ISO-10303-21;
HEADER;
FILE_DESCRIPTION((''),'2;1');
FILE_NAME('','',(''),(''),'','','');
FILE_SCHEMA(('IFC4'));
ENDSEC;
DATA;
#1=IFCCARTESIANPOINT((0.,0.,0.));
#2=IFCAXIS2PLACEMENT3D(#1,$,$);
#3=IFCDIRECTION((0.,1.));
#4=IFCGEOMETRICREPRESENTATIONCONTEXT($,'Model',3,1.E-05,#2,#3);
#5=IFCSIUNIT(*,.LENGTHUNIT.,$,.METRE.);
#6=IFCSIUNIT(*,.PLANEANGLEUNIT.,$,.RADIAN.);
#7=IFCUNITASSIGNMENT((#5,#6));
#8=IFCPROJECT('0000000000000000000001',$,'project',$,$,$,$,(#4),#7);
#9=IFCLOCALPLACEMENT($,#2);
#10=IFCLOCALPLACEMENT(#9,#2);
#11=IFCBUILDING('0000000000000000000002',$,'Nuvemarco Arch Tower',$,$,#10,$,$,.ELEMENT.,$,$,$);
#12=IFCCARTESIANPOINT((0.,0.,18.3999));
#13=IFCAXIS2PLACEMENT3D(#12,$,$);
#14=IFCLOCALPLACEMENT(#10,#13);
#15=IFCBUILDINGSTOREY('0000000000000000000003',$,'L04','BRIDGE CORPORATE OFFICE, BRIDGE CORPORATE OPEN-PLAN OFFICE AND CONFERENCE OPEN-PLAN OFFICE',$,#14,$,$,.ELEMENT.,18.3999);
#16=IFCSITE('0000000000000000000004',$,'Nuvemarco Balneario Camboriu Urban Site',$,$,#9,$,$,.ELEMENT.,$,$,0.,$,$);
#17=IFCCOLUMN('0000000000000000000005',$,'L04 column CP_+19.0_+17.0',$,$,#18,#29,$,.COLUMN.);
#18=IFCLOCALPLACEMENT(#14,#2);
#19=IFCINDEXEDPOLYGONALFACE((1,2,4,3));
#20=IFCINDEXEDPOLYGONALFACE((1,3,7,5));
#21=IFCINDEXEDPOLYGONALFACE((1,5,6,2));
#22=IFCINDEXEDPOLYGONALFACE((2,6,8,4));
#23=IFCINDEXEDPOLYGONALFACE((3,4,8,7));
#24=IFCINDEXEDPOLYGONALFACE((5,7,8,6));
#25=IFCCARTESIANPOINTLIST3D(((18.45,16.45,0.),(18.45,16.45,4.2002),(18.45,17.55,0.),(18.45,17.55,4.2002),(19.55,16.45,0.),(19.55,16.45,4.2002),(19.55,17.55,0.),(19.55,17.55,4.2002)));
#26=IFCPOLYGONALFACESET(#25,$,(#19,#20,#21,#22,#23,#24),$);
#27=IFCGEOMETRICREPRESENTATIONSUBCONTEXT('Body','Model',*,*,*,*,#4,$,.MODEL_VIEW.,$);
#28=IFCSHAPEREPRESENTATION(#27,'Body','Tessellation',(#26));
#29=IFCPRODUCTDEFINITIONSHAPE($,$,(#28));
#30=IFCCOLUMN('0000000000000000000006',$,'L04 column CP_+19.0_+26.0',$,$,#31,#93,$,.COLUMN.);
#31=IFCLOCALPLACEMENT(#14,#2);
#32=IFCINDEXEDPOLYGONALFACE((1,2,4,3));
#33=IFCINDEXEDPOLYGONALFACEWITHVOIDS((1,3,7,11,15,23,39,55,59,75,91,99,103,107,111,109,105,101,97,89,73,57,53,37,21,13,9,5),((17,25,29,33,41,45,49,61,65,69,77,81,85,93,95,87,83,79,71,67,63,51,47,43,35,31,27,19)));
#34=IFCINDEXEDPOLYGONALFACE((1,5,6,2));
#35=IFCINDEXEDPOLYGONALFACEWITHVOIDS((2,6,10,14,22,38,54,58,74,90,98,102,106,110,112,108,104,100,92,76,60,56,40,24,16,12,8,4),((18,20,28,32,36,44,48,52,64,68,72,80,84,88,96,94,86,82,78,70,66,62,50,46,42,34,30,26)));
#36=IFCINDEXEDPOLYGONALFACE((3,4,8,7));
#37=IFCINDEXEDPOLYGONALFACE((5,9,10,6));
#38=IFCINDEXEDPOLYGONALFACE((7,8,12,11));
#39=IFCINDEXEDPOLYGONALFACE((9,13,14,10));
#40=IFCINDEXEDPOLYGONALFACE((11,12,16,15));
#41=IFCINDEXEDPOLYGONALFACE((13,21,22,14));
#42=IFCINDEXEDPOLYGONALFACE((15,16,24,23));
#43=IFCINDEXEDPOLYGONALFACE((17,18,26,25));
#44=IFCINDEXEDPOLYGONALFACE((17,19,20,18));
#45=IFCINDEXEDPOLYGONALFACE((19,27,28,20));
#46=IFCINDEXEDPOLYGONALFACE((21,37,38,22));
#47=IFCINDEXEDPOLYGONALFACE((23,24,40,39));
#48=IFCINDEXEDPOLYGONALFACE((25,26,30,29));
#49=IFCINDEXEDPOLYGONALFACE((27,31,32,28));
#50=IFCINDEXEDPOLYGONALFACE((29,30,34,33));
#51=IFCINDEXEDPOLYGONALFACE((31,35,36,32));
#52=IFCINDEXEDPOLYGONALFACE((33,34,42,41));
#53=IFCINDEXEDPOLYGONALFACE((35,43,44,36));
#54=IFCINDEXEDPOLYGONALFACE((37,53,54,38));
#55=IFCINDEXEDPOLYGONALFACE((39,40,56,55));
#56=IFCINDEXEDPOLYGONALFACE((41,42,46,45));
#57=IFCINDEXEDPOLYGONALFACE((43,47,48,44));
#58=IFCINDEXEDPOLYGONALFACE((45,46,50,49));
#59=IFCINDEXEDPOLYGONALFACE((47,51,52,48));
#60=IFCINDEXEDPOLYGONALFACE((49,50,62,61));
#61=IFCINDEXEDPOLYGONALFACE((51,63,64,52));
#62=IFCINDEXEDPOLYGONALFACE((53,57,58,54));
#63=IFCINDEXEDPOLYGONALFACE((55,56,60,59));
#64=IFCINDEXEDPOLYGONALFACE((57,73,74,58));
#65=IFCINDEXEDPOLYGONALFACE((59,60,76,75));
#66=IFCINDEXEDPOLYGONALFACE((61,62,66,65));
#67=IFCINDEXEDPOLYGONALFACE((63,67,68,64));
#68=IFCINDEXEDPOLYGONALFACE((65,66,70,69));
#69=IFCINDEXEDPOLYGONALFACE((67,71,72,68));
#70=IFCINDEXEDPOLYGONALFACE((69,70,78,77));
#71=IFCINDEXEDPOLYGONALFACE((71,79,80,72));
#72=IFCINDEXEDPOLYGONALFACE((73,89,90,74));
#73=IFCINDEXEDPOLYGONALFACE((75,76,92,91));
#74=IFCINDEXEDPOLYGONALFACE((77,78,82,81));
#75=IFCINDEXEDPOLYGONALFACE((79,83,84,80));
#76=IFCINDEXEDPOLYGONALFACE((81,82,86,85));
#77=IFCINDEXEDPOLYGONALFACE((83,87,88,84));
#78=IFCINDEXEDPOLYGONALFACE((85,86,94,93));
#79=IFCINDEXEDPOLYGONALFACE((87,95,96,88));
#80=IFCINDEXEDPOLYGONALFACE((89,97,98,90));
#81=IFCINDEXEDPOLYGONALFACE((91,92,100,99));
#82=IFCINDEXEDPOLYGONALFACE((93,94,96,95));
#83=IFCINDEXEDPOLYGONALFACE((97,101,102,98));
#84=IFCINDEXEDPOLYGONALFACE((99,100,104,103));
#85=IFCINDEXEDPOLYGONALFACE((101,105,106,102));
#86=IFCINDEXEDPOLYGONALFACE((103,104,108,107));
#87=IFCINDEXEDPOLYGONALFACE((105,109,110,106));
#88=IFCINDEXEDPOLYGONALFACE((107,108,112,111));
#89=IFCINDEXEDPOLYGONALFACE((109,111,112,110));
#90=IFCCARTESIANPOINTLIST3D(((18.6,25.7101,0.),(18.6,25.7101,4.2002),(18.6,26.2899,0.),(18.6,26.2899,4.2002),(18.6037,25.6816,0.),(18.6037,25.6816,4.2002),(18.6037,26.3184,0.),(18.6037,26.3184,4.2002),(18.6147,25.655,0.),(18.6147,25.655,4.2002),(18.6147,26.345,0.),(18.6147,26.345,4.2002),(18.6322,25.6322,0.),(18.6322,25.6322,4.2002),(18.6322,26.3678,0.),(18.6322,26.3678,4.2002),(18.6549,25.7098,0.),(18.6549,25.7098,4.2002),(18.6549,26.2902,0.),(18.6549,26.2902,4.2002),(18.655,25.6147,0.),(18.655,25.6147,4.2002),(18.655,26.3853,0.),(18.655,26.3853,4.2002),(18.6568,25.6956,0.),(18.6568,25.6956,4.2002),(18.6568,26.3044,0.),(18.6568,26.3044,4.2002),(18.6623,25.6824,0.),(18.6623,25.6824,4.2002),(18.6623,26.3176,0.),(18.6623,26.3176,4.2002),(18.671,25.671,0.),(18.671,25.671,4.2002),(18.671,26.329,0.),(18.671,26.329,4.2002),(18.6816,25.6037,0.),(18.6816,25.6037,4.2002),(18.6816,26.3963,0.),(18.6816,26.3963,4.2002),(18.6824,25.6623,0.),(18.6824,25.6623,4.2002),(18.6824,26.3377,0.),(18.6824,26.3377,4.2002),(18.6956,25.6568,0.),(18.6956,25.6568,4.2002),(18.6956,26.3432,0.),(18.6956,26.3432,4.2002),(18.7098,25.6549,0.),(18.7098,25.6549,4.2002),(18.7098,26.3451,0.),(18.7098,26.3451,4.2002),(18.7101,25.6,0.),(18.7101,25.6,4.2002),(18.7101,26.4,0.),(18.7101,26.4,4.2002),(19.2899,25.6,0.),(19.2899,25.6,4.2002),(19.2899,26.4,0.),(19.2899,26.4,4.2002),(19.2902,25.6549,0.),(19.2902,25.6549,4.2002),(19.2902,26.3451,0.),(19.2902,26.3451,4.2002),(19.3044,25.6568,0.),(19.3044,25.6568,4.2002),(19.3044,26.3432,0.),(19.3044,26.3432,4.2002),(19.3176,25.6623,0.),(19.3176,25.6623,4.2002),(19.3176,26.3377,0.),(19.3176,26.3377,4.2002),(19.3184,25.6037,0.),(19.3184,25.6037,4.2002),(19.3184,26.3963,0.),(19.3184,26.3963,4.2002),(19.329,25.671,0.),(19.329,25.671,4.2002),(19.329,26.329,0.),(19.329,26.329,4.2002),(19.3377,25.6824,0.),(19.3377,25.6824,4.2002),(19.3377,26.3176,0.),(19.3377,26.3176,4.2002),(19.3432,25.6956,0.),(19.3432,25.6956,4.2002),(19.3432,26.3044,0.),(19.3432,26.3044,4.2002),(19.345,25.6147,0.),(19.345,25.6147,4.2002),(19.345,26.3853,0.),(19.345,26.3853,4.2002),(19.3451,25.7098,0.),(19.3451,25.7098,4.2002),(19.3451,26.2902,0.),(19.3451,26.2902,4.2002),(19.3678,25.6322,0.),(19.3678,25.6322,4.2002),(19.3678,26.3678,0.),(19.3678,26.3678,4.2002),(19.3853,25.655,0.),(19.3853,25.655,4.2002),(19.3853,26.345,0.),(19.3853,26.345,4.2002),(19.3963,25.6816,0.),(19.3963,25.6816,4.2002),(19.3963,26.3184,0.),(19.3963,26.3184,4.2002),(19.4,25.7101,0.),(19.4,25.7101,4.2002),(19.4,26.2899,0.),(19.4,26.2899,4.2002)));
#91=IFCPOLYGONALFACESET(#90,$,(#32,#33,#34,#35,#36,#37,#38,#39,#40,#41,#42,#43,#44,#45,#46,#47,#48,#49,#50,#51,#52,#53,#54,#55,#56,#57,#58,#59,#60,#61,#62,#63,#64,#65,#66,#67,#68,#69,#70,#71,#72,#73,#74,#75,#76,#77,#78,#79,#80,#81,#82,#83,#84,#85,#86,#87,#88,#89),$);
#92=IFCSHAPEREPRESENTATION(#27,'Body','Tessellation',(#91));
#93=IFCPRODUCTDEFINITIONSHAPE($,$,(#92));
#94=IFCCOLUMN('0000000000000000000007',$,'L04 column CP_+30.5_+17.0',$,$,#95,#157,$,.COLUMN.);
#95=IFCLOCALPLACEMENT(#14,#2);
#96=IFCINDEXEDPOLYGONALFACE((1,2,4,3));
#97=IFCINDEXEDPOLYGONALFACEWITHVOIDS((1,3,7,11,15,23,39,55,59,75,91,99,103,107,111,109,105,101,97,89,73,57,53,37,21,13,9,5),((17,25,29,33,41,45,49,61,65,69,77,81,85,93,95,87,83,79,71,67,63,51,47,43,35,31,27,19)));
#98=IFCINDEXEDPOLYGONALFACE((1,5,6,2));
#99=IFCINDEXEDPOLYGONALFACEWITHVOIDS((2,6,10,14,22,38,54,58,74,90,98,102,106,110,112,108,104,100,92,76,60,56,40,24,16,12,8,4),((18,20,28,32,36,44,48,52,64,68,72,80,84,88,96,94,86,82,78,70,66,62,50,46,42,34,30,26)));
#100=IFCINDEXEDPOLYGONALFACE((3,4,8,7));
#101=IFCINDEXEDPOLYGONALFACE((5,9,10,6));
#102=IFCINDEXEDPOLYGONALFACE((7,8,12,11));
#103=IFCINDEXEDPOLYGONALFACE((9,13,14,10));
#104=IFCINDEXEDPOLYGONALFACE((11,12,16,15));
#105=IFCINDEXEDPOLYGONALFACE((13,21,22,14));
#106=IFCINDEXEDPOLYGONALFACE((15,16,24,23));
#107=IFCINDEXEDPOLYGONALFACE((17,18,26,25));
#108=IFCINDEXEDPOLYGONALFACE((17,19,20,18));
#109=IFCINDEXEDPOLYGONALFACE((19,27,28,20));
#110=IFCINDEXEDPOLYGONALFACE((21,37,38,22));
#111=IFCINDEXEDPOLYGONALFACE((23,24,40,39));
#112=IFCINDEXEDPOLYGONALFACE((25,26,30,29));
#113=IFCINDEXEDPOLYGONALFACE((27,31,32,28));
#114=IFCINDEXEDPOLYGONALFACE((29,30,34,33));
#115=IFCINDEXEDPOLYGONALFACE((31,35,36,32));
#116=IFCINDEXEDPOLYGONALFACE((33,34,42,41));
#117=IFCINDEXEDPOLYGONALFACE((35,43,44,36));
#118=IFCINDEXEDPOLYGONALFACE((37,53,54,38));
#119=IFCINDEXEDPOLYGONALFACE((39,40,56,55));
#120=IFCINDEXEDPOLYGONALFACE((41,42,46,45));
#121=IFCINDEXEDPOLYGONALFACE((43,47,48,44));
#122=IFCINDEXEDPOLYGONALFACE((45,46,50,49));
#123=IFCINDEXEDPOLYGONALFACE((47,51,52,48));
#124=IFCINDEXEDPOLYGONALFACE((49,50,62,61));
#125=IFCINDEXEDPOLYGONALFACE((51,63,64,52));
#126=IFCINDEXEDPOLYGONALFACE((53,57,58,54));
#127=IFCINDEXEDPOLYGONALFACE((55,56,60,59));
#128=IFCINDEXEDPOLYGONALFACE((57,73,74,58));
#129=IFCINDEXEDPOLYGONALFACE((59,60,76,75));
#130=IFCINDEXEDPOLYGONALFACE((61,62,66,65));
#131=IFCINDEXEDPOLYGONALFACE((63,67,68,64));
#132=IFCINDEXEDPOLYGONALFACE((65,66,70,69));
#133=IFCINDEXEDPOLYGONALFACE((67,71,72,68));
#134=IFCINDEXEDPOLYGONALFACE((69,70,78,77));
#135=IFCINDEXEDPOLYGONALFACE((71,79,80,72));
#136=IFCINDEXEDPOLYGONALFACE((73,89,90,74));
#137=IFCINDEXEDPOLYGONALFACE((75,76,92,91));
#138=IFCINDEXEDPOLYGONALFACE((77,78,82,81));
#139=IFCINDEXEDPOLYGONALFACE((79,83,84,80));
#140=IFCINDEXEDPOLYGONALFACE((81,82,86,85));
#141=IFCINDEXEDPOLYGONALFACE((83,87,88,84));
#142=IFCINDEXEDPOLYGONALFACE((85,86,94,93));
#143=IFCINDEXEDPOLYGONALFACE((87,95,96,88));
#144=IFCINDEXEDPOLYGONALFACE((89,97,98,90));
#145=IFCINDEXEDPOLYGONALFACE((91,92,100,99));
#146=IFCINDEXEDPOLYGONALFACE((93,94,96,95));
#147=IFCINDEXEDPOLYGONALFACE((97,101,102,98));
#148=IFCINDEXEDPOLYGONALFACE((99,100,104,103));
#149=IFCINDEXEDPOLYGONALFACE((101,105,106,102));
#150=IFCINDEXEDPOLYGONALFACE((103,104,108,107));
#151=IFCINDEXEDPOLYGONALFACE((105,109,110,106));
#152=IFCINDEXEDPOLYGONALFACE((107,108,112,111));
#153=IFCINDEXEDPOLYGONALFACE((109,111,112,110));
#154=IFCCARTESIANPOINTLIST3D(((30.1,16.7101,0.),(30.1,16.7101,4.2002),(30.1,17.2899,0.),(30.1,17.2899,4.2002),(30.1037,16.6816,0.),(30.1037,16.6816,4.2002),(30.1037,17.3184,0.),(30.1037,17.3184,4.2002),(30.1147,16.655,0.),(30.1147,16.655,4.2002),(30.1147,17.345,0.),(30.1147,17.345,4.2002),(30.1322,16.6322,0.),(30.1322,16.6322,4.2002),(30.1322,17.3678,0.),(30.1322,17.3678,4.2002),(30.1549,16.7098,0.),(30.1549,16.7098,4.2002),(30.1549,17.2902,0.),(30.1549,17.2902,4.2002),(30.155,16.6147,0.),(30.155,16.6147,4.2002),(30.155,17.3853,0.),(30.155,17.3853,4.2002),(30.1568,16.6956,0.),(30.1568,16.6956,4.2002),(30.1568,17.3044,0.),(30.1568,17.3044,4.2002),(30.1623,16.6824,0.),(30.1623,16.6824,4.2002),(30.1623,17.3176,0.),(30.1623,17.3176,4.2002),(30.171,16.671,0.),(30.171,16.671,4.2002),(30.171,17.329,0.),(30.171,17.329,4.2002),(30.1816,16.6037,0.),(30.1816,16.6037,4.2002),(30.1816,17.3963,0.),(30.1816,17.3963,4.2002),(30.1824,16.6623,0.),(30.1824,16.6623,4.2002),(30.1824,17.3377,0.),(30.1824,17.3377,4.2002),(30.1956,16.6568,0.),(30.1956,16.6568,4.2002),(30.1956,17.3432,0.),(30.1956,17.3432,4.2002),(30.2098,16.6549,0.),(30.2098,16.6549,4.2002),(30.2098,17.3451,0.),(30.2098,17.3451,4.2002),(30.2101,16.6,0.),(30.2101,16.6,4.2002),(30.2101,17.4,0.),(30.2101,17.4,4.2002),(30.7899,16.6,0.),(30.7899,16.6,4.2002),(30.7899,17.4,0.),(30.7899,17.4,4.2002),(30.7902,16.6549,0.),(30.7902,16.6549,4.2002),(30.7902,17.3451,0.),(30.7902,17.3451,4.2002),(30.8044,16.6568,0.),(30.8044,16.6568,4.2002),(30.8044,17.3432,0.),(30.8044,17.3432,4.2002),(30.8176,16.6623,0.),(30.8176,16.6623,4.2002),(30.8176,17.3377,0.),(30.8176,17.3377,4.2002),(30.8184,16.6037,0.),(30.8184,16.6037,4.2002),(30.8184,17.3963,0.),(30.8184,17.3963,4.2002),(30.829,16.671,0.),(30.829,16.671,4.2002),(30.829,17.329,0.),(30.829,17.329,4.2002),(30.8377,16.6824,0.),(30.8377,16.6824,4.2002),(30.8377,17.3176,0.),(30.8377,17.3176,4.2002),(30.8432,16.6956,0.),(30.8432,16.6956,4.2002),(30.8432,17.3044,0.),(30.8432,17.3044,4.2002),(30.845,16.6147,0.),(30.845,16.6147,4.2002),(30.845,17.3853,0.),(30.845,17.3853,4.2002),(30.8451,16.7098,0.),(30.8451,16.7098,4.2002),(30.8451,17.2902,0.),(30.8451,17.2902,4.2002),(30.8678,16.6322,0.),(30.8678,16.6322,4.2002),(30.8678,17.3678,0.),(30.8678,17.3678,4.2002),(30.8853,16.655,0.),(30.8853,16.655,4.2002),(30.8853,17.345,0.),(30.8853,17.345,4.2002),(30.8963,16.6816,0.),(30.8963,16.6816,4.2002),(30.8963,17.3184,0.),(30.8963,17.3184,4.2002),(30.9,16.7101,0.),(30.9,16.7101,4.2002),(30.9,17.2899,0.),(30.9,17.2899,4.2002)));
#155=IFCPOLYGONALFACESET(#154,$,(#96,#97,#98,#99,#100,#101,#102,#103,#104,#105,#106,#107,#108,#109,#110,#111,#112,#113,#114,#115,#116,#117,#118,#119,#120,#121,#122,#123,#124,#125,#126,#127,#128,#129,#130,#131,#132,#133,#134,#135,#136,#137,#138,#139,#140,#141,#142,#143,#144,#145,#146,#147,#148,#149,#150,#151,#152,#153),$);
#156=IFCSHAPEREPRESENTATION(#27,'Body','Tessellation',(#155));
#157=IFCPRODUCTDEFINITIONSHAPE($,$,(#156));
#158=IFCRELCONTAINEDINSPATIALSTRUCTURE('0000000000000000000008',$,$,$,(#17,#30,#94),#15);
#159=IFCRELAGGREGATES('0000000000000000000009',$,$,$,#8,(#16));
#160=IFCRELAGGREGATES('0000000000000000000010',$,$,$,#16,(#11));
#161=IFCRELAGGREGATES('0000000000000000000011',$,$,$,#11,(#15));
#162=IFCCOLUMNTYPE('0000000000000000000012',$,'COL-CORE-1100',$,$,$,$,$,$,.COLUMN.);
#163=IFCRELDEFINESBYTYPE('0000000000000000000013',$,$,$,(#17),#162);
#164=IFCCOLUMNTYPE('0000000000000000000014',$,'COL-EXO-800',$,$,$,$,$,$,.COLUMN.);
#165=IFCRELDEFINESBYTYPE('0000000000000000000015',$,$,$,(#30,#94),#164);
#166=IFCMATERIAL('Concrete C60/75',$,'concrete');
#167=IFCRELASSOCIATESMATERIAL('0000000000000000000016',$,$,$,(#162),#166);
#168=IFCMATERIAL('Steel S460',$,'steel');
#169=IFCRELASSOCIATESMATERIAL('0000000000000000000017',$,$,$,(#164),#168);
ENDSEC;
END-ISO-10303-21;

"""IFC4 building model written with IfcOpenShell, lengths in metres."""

from ifc_helpers import new_model, si_unit, direction, frame, origin, origin_2d, place, context, subcontext, project, spatial, rectangle, hollow_rectangle, extrude, material, material_profile, profile_set, type_object, element, save


model = new_model("IFC4")

# Units and contexts
model_context = context("Model", 3, precision=1e-05, world=origin(), true_north=direction((0.0, 1.0)))
body_context = subcontext(model_context, "Body", "Model", "MODEL_VIEW")
ifc_project = project(units=[si_unit("LENGTHUNIT", "METRE"), si_unit("PLANEANGLEUNIT", "RADIAN")], contexts=[model_context])

# Site, building, storey
site_placement = place(None, origin())
site = spatial("IfcSite", under=ifc_project, at=site_placement, Name="Nuvemarco Balneario Camboriu Urban Site", CompositionType="ELEMENT", RefElevation=0.0)
building_placement = place(site_placement, origin())
building = spatial("IfcBuilding", under=site, at=building_placement, Name="Nuvemarco Arch Tower", CompositionType="ELEMENT")
storey_placement = place(building_placement, frame((0.0, 0.0, 18.3999)))
storey = spatial("IfcBuildingStorey", under=building, at=storey_placement, Name="L04", Description="BRIDGE CORPORATE OFFICE, BRIDGE CORPORATE OPEN-PLAN OFFICE AND CONFERENCE OPEN-PLAN OFFICE", CompositionType="ELEMENT", Elevation=18.3999)

# Columns
ifc_material_1 = material(Name="Concrete C60/75", Category="concrete")
ifc_material_profile_1 = material_profile(ifc_material_1, rectangle(XDim=1.1001, YDim=1.1001, at=origin_2d()), Name="RC-COL-1100x1100")
ifc_profile_set_1 = profile_set([ifc_material_profile_1], Name="Concrete C60/75")
column_type_1 = type_object("IfcColumnType", Name="COL-CORE-1100", PredefinedType="COLUMN", material=ifc_profile_set_1)
column_1_placement = place(storey_placement, frame((19.0, 17.0, 0.0), z_axis=(0.0, 0.0, 1.0), x_axis=(1.0, 0.0, 0.0)))
element("IfcColumn", 1, at=column_1_placement, inside=storey, type_object=column_type_1, Name="L04 column CP_+19.0_+17.0", PredefinedType="COLUMN", context=body_context, shape_type="SweptSolid", body=[
    extrude(rectangle(XDim=1.1001, YDim=1.1001, at=origin_2d()), origin(), (0.0, 0.0, 1.0), 4.2002),
])
ifc_material_2 = material(Name="Steel S460", Category="steel")
ifc_material_profile_2 = material_profile(ifc_material_2, hollow_rectangle(XDim=0.8, YDim=0.8, WallThickness=0.0549, InnerFilletRadius=0.0549, OuterFilletRadius=0.1101, at=origin_2d()), Name="SHS800x800x55")
ifc_profile_set_2 = profile_set([ifc_material_profile_2], Name="Steel S460")
column_type_2 = type_object("IfcColumnType", Name="COL-EXO-800", PredefinedType="COLUMN", material=ifc_profile_set_2)
for number, where, z_axis, x_axis, name in (
    (2, (19.0, 26.0, 0.0), (0.0, 0.0, 1.0), (1.0, 0.0, 0.0), "L04 column CP_+19.0_+26.0"),
    (3, (30.5, 17.0, 0.0), (0.0, 0.0, 1.0), (1.0, 0.0, 0.0), "L04 column CP_+30.5_+17.0"),
):
    element("IfcColumn", number, at=place(storey_placement, frame(where, z_axis=z_axis, x_axis=x_axis)), inside=storey, type_object=column_type_2, Name=name, PredefinedType="COLUMN", context=body_context, shape_type="SweptSolid", body=[
        extrude(hollow_rectangle(XDim=0.8, YDim=0.8, WallThickness=0.0549, InnerFilletRadius=0.0549, OuterFilletRadius=0.1101, at=origin_2d()), origin(), (0.0, 0.0, 1.0), 4.2002),
    ])

save(model, "model.ifc")
